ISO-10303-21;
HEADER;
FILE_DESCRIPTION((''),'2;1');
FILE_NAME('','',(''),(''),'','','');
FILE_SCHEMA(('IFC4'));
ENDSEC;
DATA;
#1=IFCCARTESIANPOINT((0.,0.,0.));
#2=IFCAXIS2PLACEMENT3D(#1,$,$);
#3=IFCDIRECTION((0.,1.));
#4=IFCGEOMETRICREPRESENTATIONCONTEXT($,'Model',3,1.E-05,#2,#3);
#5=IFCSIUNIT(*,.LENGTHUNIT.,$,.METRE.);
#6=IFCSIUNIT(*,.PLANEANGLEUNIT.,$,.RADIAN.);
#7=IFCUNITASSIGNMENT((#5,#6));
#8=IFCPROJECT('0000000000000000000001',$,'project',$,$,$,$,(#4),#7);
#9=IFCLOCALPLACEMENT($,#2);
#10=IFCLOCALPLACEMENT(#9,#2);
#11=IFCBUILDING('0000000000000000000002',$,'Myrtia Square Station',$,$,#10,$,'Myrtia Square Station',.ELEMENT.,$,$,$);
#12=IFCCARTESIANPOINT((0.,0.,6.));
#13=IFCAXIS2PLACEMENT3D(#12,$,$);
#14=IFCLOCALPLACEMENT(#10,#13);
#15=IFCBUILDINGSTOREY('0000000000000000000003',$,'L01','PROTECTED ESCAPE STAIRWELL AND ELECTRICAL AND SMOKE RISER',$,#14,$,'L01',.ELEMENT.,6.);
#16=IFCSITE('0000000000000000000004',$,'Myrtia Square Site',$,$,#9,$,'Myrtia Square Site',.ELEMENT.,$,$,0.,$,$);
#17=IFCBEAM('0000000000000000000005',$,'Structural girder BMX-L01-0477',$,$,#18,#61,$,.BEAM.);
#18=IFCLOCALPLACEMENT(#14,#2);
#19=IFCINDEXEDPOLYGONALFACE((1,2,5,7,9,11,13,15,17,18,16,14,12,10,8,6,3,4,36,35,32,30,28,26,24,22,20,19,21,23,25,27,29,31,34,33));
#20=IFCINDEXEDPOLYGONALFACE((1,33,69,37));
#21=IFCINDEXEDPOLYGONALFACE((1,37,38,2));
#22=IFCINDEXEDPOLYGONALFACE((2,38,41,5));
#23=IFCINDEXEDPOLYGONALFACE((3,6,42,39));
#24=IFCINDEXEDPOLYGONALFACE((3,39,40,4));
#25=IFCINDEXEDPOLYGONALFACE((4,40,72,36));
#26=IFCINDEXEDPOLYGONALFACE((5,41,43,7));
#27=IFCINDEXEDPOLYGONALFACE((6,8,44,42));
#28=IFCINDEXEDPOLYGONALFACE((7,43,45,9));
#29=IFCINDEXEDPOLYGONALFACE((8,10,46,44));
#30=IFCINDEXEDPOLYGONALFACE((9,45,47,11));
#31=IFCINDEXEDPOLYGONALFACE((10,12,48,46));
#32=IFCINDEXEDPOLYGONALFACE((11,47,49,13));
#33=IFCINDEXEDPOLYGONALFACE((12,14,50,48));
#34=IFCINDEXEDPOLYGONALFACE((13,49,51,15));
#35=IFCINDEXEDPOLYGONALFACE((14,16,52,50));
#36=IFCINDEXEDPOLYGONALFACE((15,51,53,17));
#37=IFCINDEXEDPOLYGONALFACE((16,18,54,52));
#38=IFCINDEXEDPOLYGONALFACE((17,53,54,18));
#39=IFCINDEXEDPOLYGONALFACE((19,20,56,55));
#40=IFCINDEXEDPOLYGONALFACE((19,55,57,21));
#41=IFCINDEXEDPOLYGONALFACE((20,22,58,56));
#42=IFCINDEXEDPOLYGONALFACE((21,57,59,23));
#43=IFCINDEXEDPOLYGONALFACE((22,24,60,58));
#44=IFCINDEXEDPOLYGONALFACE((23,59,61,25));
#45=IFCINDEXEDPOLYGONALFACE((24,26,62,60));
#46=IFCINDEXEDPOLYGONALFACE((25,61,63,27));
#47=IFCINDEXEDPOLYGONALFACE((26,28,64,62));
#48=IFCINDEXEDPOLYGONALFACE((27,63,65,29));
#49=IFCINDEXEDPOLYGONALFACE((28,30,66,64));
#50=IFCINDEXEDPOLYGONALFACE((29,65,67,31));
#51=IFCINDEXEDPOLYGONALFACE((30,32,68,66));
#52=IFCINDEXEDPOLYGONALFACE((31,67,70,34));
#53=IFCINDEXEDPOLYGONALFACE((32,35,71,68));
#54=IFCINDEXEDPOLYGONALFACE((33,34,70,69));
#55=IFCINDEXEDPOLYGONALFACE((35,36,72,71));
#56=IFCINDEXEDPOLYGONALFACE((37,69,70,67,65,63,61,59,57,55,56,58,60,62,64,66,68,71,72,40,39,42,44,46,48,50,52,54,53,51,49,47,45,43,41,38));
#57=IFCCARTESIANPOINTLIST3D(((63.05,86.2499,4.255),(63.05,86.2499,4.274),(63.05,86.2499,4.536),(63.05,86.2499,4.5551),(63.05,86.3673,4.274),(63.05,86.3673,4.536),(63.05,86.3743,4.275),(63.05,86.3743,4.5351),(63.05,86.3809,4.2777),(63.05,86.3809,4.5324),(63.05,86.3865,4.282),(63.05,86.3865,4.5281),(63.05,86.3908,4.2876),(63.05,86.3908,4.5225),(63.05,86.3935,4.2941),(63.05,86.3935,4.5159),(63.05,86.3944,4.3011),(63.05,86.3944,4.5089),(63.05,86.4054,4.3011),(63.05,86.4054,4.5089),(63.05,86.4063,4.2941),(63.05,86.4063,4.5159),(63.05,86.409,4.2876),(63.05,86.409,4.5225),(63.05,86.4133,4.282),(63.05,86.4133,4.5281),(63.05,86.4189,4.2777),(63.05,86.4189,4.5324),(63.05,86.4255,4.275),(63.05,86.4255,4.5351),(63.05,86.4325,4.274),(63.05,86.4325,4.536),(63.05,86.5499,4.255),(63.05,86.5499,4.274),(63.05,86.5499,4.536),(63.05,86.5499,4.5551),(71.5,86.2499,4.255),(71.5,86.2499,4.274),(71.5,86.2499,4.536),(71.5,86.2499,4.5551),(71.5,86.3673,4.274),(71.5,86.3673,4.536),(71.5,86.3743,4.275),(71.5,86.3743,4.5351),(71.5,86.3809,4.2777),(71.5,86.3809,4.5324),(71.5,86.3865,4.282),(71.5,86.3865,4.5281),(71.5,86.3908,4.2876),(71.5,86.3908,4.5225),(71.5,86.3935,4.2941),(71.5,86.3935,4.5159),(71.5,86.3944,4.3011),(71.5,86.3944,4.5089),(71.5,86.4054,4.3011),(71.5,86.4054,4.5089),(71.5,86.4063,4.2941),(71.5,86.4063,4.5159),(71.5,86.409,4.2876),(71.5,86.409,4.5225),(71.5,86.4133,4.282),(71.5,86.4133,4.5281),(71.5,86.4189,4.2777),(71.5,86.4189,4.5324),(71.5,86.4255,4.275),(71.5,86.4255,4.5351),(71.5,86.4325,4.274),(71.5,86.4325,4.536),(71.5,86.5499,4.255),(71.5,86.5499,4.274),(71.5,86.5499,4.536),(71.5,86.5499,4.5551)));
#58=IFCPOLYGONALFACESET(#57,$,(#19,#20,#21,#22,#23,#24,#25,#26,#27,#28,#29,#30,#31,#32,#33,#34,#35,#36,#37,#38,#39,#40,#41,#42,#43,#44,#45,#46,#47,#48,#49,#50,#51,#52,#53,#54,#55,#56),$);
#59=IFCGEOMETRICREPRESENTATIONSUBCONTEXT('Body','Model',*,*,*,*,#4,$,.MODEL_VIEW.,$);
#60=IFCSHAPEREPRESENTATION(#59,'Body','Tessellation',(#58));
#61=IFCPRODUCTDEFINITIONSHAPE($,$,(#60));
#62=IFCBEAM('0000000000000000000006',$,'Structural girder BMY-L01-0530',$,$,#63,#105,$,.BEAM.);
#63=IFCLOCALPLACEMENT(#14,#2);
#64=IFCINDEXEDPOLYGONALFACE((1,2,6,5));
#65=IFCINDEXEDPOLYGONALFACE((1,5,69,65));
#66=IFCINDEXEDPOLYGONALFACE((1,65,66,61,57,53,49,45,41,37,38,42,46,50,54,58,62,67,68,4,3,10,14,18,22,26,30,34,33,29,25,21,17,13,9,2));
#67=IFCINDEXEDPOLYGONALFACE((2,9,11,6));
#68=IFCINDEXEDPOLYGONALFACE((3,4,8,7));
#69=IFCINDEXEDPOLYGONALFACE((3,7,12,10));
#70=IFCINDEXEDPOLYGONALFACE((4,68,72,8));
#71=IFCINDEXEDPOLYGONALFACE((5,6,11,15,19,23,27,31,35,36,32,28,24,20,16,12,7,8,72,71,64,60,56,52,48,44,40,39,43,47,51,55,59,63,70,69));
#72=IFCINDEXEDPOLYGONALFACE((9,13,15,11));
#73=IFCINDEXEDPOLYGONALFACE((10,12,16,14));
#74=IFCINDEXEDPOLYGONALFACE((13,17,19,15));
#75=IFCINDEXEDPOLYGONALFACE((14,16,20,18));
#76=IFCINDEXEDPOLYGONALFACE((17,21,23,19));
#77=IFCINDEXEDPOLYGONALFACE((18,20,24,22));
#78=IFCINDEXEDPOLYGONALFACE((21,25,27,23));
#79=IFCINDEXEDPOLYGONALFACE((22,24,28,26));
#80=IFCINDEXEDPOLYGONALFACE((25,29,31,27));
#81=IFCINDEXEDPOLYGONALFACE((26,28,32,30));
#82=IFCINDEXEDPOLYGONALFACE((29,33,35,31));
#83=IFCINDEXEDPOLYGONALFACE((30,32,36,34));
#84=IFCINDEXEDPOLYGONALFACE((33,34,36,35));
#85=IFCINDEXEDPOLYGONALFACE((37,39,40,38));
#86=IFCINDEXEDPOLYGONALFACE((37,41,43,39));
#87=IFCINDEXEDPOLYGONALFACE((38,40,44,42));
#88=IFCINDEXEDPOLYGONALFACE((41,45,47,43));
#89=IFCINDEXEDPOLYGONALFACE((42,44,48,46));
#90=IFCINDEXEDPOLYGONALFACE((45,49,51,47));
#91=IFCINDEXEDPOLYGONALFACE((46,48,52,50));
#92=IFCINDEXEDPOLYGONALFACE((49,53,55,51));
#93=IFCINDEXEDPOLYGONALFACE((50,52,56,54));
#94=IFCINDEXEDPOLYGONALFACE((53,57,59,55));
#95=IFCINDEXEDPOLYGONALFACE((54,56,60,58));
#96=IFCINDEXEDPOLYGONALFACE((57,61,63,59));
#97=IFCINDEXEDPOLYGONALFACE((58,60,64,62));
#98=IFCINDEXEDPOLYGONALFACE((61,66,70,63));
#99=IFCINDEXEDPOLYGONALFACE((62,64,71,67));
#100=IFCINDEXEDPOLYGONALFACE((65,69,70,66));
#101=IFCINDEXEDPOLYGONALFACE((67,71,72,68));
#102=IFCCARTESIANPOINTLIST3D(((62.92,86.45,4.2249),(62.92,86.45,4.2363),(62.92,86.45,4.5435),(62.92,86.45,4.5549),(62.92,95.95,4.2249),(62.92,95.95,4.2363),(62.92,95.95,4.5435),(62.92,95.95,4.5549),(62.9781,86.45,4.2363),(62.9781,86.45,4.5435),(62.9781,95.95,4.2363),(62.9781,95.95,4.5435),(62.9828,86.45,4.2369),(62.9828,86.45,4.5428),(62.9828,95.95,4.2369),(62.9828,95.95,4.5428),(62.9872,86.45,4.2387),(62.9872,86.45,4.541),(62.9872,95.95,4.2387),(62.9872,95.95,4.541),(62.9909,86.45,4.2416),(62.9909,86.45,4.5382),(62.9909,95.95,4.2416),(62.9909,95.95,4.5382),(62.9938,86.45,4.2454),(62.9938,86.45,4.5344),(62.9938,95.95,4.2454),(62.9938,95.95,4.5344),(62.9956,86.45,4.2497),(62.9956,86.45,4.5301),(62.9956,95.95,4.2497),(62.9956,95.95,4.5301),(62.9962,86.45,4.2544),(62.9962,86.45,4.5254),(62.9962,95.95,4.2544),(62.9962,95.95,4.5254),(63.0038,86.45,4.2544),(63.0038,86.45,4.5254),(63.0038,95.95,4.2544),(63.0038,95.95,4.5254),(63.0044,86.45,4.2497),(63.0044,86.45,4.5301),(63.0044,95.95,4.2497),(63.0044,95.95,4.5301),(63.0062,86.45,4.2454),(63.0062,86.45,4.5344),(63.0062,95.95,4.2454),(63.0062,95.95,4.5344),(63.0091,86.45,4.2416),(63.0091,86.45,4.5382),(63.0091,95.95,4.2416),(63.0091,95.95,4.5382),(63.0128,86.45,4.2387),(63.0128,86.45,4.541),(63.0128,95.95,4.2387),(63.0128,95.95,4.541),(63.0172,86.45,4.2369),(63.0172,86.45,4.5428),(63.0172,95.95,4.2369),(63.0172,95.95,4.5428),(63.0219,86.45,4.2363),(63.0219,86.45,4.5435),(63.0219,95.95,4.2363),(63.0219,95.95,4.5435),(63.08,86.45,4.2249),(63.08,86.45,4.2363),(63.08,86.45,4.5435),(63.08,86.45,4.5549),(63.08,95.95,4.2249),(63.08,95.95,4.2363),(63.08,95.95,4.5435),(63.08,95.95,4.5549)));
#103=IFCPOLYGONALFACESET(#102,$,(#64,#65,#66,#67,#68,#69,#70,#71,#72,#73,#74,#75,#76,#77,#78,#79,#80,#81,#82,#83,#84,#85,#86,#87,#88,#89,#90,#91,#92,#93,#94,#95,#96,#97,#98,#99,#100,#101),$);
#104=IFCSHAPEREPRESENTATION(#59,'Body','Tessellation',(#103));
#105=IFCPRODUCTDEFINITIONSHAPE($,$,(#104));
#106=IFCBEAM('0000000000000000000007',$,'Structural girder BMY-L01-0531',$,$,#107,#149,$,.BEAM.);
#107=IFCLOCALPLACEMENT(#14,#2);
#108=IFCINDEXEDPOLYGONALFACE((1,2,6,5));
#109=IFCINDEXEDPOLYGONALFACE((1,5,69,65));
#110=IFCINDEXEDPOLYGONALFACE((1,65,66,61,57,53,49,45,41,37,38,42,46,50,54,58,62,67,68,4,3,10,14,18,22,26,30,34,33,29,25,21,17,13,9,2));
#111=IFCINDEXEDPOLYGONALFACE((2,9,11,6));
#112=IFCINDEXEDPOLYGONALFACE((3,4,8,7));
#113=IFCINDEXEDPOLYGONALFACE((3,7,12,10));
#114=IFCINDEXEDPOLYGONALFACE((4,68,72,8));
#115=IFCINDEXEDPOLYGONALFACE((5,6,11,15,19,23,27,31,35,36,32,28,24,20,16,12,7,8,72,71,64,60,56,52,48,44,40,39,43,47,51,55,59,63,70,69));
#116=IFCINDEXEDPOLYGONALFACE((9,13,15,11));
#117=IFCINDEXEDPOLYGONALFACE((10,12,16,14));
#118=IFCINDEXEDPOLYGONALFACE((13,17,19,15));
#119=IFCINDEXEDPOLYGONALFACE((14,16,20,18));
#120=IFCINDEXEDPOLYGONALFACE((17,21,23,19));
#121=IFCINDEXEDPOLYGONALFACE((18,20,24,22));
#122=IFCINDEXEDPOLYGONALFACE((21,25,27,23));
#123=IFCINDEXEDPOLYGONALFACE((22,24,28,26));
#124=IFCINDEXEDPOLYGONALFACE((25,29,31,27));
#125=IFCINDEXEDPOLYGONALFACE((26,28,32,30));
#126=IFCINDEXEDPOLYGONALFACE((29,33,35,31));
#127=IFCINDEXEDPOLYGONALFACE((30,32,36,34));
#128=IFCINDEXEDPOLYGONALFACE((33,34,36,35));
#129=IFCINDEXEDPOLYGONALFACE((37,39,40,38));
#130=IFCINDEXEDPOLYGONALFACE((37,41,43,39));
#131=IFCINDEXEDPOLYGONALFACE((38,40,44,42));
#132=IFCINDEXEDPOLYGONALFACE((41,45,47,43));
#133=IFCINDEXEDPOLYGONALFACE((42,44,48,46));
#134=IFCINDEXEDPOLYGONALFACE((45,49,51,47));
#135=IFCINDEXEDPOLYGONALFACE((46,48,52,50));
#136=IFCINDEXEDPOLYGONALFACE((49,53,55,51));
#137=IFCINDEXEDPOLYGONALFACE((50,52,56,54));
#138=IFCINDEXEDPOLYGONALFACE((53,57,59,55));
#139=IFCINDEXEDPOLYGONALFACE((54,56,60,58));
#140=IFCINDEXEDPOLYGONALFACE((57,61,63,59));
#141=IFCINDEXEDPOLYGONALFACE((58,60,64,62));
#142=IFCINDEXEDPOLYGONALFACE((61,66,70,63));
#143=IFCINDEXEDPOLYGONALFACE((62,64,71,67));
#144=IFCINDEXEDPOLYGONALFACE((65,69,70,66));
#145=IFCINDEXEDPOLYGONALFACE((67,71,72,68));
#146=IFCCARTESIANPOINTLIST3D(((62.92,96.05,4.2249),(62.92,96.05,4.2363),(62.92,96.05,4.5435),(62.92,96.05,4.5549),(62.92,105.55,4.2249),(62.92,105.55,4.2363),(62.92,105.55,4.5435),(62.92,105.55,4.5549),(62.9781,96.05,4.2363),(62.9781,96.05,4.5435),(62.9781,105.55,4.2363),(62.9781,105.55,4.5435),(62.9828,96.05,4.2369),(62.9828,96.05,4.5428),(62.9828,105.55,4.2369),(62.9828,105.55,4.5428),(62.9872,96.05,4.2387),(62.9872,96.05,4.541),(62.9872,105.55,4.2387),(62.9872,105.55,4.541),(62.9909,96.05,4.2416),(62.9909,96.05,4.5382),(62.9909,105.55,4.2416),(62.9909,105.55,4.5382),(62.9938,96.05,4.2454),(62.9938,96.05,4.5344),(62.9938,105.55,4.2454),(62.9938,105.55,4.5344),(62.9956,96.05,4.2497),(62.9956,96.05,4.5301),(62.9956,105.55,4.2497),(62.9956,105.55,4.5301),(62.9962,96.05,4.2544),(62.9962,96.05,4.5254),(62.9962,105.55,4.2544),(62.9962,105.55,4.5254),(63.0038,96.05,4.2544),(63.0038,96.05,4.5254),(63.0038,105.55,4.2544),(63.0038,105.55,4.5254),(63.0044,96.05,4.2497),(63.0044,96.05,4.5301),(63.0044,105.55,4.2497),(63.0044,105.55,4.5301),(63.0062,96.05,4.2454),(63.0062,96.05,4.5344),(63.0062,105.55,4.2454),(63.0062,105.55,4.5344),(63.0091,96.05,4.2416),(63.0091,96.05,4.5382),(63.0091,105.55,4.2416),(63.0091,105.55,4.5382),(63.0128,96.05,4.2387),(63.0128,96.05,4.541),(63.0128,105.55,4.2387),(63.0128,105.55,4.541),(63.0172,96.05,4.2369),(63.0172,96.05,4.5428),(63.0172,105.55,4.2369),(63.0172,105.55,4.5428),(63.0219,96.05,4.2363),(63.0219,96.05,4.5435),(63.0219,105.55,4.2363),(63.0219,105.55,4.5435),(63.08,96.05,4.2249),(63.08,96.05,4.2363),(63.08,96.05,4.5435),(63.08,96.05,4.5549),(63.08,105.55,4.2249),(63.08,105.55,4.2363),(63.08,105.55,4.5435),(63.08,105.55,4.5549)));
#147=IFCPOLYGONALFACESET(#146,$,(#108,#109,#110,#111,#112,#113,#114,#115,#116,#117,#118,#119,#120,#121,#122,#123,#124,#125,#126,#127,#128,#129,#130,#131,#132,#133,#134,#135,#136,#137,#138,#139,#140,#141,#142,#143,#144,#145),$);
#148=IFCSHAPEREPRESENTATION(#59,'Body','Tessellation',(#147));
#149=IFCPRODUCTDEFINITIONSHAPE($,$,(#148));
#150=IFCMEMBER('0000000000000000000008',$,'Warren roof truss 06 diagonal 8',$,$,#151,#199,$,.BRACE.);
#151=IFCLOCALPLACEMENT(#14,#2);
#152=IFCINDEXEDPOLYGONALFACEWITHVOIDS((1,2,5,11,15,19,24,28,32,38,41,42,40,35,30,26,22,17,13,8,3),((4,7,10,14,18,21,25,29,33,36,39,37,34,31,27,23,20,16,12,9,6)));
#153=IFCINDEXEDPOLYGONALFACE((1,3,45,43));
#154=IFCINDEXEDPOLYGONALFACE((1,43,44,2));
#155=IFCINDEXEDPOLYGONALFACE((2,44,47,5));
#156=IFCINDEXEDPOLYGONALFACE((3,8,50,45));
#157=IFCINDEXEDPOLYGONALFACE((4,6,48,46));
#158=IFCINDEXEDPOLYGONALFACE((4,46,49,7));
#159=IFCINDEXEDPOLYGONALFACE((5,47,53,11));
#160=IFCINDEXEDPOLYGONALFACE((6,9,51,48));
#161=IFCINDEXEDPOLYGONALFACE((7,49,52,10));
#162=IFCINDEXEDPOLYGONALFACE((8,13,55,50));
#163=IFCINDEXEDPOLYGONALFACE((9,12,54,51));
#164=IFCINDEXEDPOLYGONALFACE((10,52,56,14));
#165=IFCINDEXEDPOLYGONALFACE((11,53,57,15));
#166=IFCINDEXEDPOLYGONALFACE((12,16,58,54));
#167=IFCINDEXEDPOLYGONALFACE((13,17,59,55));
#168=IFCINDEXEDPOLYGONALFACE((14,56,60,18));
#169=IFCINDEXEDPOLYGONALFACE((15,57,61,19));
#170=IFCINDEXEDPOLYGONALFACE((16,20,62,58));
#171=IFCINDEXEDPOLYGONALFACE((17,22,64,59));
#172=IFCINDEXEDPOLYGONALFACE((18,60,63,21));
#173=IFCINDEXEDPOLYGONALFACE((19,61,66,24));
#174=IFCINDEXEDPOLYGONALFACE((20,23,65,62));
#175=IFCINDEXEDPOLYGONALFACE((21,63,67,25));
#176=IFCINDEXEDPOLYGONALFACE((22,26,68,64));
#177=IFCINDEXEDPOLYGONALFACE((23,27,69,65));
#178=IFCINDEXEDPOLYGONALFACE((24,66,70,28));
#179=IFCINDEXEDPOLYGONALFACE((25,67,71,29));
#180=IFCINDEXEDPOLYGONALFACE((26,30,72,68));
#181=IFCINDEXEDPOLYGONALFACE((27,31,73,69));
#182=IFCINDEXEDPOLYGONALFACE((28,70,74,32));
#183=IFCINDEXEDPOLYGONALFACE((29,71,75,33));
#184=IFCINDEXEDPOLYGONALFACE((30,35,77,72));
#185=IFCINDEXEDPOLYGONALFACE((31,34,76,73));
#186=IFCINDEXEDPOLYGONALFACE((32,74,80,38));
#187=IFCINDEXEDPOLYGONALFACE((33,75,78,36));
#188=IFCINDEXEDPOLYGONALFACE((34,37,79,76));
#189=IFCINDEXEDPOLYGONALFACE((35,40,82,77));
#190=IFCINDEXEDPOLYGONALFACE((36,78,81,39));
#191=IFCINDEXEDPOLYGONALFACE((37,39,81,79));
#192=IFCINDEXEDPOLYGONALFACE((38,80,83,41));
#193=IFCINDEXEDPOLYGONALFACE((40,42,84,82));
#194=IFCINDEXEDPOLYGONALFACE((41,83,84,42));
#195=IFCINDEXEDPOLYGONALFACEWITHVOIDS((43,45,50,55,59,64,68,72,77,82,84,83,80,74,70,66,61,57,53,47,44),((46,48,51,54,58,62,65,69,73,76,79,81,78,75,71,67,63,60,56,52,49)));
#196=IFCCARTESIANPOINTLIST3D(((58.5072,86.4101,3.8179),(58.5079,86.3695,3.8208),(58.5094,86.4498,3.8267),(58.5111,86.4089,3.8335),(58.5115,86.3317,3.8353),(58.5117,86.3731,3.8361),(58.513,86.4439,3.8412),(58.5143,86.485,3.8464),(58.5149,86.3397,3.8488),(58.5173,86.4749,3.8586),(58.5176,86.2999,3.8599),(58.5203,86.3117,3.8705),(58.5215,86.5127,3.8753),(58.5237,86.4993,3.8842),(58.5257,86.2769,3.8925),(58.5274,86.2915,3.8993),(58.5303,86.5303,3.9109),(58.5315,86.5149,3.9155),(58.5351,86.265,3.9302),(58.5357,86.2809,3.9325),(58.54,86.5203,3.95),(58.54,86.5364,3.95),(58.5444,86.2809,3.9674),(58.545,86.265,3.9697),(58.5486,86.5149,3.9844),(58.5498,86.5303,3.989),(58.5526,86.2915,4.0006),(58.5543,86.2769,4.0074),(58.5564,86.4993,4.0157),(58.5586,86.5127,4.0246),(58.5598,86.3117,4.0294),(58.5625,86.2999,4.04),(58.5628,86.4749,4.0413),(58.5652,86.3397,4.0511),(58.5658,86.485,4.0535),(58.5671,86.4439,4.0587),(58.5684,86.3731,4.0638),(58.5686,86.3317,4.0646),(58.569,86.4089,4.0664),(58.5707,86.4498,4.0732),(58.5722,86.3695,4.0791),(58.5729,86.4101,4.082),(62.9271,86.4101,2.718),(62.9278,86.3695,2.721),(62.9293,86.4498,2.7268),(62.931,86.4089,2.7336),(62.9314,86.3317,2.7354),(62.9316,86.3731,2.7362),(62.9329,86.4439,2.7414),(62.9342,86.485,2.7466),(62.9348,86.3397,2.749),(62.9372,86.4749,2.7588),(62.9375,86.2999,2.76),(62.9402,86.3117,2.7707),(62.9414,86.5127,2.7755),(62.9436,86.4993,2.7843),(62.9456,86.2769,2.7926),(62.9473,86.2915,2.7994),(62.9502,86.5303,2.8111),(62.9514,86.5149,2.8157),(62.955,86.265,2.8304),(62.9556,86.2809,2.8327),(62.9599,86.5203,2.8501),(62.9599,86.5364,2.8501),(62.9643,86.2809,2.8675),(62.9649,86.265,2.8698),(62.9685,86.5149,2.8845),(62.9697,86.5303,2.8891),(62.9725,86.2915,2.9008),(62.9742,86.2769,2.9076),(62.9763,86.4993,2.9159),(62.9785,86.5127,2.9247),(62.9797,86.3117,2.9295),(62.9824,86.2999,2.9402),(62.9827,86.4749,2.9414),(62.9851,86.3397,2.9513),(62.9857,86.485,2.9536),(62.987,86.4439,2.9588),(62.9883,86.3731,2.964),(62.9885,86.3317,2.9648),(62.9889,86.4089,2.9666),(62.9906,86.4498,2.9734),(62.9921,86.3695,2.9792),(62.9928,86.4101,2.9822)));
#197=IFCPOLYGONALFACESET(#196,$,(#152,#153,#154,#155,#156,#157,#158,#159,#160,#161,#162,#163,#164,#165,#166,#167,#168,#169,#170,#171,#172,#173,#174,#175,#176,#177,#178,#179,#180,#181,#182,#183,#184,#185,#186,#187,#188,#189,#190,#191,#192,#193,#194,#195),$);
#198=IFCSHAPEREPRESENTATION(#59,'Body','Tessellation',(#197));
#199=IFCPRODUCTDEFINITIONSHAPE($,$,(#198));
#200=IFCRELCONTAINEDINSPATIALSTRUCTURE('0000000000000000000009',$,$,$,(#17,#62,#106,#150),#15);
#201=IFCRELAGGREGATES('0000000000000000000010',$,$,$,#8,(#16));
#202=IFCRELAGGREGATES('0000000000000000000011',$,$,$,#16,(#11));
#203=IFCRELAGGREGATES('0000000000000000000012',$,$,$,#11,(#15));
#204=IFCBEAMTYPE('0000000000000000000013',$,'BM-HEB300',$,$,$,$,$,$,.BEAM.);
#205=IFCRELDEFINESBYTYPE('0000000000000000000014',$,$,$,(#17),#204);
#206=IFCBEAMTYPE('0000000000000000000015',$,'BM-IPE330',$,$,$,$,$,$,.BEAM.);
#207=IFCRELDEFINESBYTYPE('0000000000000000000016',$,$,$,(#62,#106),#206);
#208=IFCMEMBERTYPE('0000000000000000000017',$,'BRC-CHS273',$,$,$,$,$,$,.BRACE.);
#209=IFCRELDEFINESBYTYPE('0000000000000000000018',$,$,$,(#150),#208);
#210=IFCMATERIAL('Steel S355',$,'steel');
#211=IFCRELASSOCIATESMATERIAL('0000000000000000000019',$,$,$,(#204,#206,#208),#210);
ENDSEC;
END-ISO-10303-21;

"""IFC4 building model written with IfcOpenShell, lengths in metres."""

from ifc_helpers import new_model, si_unit, direction, frame, origin, origin_2d, place, context, subcontext, project, spatial, hollow_circle, i_section, extrude, material, material_profile, profile_set, type_object, element, save


model = new_model("IFC4")

# Units and contexts
model_context = context("Model", 3, precision=1e-05, world=origin(), true_north=direction((0.0, 1.0)))
body_context = subcontext(model_context, "Body", "Model", "MODEL_VIEW")
ifc_project = project(units=[si_unit("LENGTHUNIT", "METRE"), si_unit("PLANEANGLEUNIT", "RADIAN")], contexts=[model_context])

# Site, building, storey
site_placement = place(None, origin())
site = spatial("IfcSite", under=ifc_project, at=site_placement, Name="Myrtia Square Site", LongName="Myrtia Square Site", CompositionType="ELEMENT", RefElevation=0.0)
building_placement = place(site_placement, origin())
building = spatial("IfcBuilding", under=site, at=building_placement, Name="Myrtia Square Station", LongName="Myrtia Square Station", CompositionType="ELEMENT")
storey_placement = place(building_placement, frame((0.0, 0.0, 6.0)))
storey = spatial("IfcBuildingStorey", under=building, at=storey_placement, Name="L01", Description="PROTECTED ESCAPE STAIRWELL AND ELECTRICAL AND SMOKE RISER", LongName="L01", CompositionType="ELEMENT", Elevation=6.0)

# Shared definitions
ifc_material = material(Name="Steel S355", Category="steel")

# Beams
ifc_material_profile_1 = material_profile(ifc_material, i_section(OverallWidth=0.3, OverallDepth=0.3, WebThickness=0.011, FlangeThickness=0.019, FilletRadius=0.0271, at=origin_2d()), Name="HEB 300")
ifc_profile_set_1 = profile_set([ifc_material_profile_1], Name="Steel S355")
beam_type_1 = type_object("IfcBeamType", Name="BM-HEB300", PredefinedType="BEAM", material=ifc_profile_set_1)
beam_1_placement = place(storey_placement, frame((63.05, 86.3999, 4.405), z_axis=(1.0, 0.0, 0.0), x_axis=(0.0, 1.0, 0.0)))
element("IfcBeam", 1, at=beam_1_placement, inside=storey, type_object=beam_type_1, Name="Structural girder BMX-L01-0477", PredefinedType="BEAM", context=body_context, shape_type="SweptSolid", body=[
    extrude(i_section(OverallWidth=0.3, OverallDepth=0.3, WebThickness=0.011, FlangeThickness=0.019, FilletRadius=0.0271, at=origin_2d()), origin(), (0.0, 0.0, 1.0), 8.45),
])
ifc_material_profile_2 = material_profile(ifc_material, i_section(OverallWidth=0.1599, OverallDepth=0.3301, WebThickness=0.0076, FlangeThickness=0.0115, FilletRadius=0.0181, at=origin_2d()), Name="IPE 330")
ifc_profile_set_2 = profile_set([ifc_material_profile_2], Name="Steel S355")
beam_type_2 = type_object("IfcBeamType", Name="BM-IPE330", PredefinedType="BEAM", material=ifc_profile_set_2)
for number, where, z_axis, x_axis, name in (
    (2, (63.0, 86.45, 4.3899), (0.0, 1.0, 0.0), (-1.0, 0.0, 0.0), "Structural girder BMY-L01-0530"),
    (3, (63.0, 96.05, 4.3899), (0.0, 1.0, 0.0), (-1.0, 0.0, 0.0), "Structural girder BMY-L01-0531"),
):
    element("IfcBeam", number, at=place(storey_placement, frame(where, z_axis=z_axis, x_axis=x_axis)), inside=storey, type_object=beam_type_2, Name=name, PredefinedType="BEAM", context=body_context, shape_type="SweptSolid", body=[
        extrude(i_section(OverallWidth=0.1599, OverallDepth=0.3301, WebThickness=0.0076, FlangeThickness=0.0115, FilletRadius=0.0181, at=origin_2d()), origin(), (0.0, 0.0, 1.0), 9.5),
    ])

# Member
ifc_material_profile_3 = material_profile(ifc_material, hollow_circle(Radius=0.1365, WallThickness=0.0161, at=origin_2d()), Name="CHS 273x16")
ifc_profile_set_3 = profile_set([ifc_material_profile_3], Name="Steel S355")
member_type = type_object("IfcMemberType", Name="BRC-CHS273", PredefinedType="BRACE", material=ifc_profile_set_3)
member_placement = place(storey_placement, frame((58.54, 86.3999, 3.95), z_axis=(0.970407, 0.0, -0.241476), x_axis=(0.0, 1.0, 0.0)))
element("IfcMember", 4, at=member_placement, inside=storey, type_object=member_type, Name="Warren roof truss 06 diagonal 8", PredefinedType="BRACE", context=body_context, shape_type="SweptSolid", body=[
    extrude(hollow_circle(Radius=0.1365, WallThickness=0.0161, at=origin_2d()), origin(), (0.0, 0.0, 1.0), 4.5547),
])

save(model, "model.ifc")
